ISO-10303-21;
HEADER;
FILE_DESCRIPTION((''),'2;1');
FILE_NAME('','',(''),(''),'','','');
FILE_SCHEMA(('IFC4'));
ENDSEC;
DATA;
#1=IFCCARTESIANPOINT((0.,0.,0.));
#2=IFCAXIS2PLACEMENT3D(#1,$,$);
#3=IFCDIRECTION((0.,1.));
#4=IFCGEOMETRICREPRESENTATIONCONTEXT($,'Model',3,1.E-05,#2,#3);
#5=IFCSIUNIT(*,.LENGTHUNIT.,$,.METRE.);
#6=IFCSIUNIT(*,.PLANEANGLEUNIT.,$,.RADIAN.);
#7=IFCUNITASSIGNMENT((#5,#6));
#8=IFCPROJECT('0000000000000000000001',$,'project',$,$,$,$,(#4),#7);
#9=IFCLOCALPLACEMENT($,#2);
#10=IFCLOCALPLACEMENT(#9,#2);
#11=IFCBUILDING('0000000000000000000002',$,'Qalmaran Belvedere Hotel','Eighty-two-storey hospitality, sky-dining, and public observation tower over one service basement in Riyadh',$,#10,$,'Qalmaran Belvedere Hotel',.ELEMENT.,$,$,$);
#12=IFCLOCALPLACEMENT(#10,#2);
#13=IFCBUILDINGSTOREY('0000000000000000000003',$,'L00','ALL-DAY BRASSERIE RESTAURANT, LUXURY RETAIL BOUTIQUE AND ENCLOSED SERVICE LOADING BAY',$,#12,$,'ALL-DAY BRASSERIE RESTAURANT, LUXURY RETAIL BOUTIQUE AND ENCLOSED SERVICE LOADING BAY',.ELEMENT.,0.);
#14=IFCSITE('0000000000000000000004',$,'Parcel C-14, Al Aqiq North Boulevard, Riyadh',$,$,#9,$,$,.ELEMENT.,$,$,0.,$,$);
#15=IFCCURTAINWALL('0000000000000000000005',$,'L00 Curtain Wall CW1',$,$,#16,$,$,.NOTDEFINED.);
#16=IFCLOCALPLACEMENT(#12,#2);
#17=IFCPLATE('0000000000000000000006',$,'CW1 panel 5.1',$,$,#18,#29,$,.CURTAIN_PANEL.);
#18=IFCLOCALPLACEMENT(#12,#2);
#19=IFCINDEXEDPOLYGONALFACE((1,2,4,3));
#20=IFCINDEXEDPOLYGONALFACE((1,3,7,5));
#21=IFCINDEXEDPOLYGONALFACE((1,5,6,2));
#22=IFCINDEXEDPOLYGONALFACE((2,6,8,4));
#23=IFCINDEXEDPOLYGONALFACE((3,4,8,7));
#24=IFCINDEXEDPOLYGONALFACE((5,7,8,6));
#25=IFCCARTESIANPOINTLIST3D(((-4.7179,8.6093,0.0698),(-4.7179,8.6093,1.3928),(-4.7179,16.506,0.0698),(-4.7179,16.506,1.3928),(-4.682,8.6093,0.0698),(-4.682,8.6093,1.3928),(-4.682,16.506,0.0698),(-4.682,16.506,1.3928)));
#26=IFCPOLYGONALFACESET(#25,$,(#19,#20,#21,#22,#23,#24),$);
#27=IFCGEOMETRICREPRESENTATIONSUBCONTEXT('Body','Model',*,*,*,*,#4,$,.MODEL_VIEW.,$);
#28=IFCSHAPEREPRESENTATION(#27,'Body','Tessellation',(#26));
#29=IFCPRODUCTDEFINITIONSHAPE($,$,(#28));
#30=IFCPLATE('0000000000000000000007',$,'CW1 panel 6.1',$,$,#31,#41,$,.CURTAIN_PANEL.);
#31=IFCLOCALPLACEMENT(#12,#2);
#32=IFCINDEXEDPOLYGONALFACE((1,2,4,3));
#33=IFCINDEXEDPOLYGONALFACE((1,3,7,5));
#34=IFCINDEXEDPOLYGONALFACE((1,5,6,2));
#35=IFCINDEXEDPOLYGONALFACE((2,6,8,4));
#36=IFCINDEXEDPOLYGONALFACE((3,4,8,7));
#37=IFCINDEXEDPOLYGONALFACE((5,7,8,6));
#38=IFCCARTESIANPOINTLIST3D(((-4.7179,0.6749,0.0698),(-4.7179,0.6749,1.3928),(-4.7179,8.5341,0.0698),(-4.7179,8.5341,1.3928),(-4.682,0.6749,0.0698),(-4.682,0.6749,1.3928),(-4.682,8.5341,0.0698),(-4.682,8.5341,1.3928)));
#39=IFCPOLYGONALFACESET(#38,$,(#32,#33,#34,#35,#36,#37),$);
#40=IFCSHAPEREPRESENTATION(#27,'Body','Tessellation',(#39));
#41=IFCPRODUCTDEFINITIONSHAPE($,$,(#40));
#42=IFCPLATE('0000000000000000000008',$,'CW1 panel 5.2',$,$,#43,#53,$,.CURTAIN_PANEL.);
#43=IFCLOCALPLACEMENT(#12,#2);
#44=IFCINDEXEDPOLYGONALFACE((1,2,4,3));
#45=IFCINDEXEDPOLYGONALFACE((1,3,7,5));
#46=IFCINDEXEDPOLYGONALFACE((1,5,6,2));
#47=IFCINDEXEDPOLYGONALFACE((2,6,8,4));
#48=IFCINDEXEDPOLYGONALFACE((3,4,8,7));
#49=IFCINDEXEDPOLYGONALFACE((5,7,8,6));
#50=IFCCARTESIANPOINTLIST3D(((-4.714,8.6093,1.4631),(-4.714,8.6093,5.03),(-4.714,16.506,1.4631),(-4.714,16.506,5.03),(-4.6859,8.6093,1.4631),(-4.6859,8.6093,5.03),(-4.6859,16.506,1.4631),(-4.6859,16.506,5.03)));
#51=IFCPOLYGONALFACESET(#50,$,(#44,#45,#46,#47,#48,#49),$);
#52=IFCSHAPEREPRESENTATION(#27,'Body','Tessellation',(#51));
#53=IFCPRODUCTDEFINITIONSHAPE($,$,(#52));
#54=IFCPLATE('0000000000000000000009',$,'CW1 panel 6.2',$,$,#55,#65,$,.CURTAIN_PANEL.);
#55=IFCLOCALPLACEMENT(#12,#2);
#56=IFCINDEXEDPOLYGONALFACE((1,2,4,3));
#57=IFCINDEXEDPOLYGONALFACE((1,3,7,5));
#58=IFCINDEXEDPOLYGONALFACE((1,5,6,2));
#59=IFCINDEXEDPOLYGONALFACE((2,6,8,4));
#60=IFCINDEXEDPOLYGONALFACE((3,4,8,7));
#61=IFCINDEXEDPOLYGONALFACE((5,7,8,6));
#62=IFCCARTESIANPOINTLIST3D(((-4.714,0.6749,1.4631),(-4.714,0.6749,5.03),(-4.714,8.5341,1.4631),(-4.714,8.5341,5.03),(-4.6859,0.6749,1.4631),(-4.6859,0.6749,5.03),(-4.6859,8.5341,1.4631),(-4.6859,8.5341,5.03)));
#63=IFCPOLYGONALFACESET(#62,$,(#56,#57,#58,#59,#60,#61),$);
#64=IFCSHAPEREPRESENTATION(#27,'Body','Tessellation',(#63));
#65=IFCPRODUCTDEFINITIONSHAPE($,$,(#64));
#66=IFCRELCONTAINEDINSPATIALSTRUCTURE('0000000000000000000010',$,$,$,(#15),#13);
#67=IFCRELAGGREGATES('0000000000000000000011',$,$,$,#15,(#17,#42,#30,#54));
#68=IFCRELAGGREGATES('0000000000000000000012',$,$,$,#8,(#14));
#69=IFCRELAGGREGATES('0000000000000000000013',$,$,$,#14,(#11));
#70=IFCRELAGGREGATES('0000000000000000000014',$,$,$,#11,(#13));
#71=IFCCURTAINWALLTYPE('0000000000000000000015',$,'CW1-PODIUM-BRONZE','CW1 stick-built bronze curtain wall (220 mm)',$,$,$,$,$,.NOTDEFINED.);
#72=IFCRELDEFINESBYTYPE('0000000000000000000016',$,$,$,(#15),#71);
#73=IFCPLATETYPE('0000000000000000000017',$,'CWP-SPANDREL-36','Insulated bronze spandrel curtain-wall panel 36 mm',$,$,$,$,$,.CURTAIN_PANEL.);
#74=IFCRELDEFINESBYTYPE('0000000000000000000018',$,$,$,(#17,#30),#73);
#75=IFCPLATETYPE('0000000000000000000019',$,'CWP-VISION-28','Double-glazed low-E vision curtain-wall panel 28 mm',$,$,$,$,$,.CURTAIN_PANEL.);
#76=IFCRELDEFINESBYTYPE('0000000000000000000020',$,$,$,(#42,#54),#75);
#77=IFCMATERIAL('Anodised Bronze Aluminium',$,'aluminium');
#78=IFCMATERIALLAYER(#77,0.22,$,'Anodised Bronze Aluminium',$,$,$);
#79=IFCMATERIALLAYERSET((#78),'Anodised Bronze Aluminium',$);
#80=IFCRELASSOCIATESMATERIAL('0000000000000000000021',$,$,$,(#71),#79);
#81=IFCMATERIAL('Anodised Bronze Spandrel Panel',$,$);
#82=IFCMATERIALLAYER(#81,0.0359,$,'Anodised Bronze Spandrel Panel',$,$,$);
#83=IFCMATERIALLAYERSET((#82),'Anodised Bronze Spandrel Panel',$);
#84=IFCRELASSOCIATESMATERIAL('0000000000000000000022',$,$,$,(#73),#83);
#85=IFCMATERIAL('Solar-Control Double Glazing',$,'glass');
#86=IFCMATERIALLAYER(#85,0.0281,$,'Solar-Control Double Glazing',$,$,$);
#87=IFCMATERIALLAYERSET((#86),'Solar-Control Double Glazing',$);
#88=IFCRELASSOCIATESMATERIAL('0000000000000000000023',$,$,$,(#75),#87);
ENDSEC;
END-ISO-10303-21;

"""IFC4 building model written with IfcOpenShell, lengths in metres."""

from ifc_helpers import new_model, si_unit, direction, frame, origin, origin_2d, place, context, subcontext, project, spatial, rectangle, extrude, material, layer, layer_set, type_object, element, aggregate, save


model = new_model("IFC4")

# Units and contexts
model_context = context("Model", 3, precision=1e-05, world=origin(), true_north=direction((0.0, 1.0)))
body_context = subcontext(model_context, "Body", "Model", "MODEL_VIEW")
ifc_project = project(units=[si_unit("LENGTHUNIT", "METRE"), si_unit("PLANEANGLEUNIT", "RADIAN")], contexts=[model_context])

# Site, building, storey
site_placement = place(None, origin())
site = spatial("IfcSite", under=ifc_project, at=site_placement, Name="Parcel C-14, Al Aqiq North Boulevard, Riyadh", CompositionType="ELEMENT", RefElevation=0.0)
building_placement = place(site_placement, origin())
building = spatial("IfcBuilding", under=site, at=building_placement, Name="Qalmaran Belvedere Hotel", Description="Eighty-two-storey hospitality, sky-dining, and public observation tower over one service basement in Riyadh", LongName="Qalmaran Belvedere Hotel", CompositionType="ELEMENT")
storey_placement = place(building_placement, origin())
storey = spatial("IfcBuildingStorey", under=building, at=storey_placement, Name="L00", Description="ALL-DAY BRASSERIE RESTAURANT, LUXURY RETAIL BOUTIQUE AND ENCLOSED SERVICE LOADING BAY", LongName="ALL-DAY BRASSERIE RESTAURANT, LUXURY RETAIL BOUTIQUE AND ENCLOSED SERVICE LOADING BAY", CompositionType="ELEMENT", Elevation=0.0)

# Curtain wall, plates
ifc_material_1 = material(Name="Anodised Bronze Aluminium", Category="aluminium")
ifc_layer_1 = layer(ifc_material_1, 0.22, Name="Anodised Bronze Aluminium")
ifc_layer_set_1 = layer_set([ifc_layer_1], Name="Anodised Bronze Aluminium")
curtain_wall_type = type_object("IfcCurtainWallType", Name="CW1-PODIUM-BRONZE", Description="CW1 stick-built bronze curtain wall (220 mm)", PredefinedType="NOTDEFINED", material=ifc_layer_set_1)
curtain_wall_placement = place(storey_placement, origin())
curtain_wall = element("IfcCurtainWall", 1, at=curtain_wall_placement, inside=storey, type_object=curtain_wall_type, Name="L00 Curtain Wall CW1", PredefinedType="NOTDEFINED")
ifc_material_2 = material(Name="Anodised Bronze Spandrel Panel")
ifc_layer_2 = layer(ifc_material_2, 0.0359, Name="Anodised Bronze Spandrel Panel")
ifc_layer_set_2 = layer_set([ifc_layer_2], Name="Anodised Bronze Spandrel Panel")
plate_type_1 = type_object("IfcPlateType", Name="CWP-SPANDREL-36", Description="Insulated bronze spandrel curtain-wall panel 36 mm", PredefinedType="CURTAIN_PANEL", material=ifc_layer_set_2)
plate_1_placement = place(storey_placement, frame((-4.7, 12.5576, 0.0698), z_axis=(0.0, 0.0, 1.0), x_axis=(0.0, -1.0, 0.0)))
plate_1 = element("IfcPlate", 2, at=plate_1_placement, type_object=plate_type_1, Name="CW1 panel 5.1", PredefinedType="CURTAIN_PANEL", context=body_context, shape_type="SweptSolid", body=[
    extrude(rectangle(XDim=7.8967, YDim=0.0359, at=origin_2d()), origin(), (0.0, 0.0, 1.0), 1.323),
])
plate_2_placement = place(storey_placement, frame((-4.7, 4.6045, 0.0698), z_axis=(0.0, 0.0, 1.0), x_axis=(0.0, -1.0, 0.0)))
plate_2 = element("IfcPlate", 3, at=plate_2_placement, type_object=plate_type_1, Name="CW1 panel 6.1", PredefinedType="CURTAIN_PANEL", context=body_context, shape_type="SweptSolid", body=[
    extrude(rectangle(XDim=7.8591, YDim=0.0359, at=origin_2d()), origin(), (0.0, 0.0, 1.0), 1.323),
])
ifc_material_3 = material(Name="Solar-Control Double Glazing", Category="glass")
ifc_layer_3 = layer(ifc_material_3, 0.0281, Name="Solar-Control Double Glazing")
ifc_layer_set_3 = layer_set([ifc_layer_3], Name="Solar-Control Double Glazing")
plate_type_2 = type_object("IfcPlateType", Name="CWP-VISION-28", Description="Double-glazed low-E vision curtain-wall panel 28 mm", PredefinedType="CURTAIN_PANEL", material=ifc_layer_set_3)
plate_3_placement = place(storey_placement, frame((-4.7, 12.5576, 1.4631), z_axis=(0.0, 0.0, 1.0), x_axis=(0.0, -1.0, 0.0)))
plate_3 = element("IfcPlate", 4, at=plate_3_placement, type_object=plate_type_2, Name="CW1 panel 5.2", PredefinedType="CURTAIN_PANEL", context=body_context, shape_type="SweptSolid", body=[
    extrude(rectangle(XDim=7.8967, YDim=0.0281, at=origin_2d()), origin(), (0.0, 0.0, 1.0), 3.5669),
])
plate_4_placement = place(storey_placement, frame((-4.7, 4.6045, 1.4631), z_axis=(0.0, 0.0, 1.0), x_axis=(0.0, -1.0, 0.0)))
plate_4 = element("IfcPlate", 5, at=plate_4_placement, type_object=plate_type_2, Name="CW1 panel 6.2", PredefinedType="CURTAIN_PANEL", context=body_context, shape_type="SweptSolid", body=[
    extrude(rectangle(XDim=7.8591, YDim=0.0281, at=origin_2d()), origin(), (0.0, 0.0, 1.0), 3.5669),
])
aggregate(curtain_wall, [plate_1, plate_3, plate_2, plate_4])

save(model, "model.ifc")
